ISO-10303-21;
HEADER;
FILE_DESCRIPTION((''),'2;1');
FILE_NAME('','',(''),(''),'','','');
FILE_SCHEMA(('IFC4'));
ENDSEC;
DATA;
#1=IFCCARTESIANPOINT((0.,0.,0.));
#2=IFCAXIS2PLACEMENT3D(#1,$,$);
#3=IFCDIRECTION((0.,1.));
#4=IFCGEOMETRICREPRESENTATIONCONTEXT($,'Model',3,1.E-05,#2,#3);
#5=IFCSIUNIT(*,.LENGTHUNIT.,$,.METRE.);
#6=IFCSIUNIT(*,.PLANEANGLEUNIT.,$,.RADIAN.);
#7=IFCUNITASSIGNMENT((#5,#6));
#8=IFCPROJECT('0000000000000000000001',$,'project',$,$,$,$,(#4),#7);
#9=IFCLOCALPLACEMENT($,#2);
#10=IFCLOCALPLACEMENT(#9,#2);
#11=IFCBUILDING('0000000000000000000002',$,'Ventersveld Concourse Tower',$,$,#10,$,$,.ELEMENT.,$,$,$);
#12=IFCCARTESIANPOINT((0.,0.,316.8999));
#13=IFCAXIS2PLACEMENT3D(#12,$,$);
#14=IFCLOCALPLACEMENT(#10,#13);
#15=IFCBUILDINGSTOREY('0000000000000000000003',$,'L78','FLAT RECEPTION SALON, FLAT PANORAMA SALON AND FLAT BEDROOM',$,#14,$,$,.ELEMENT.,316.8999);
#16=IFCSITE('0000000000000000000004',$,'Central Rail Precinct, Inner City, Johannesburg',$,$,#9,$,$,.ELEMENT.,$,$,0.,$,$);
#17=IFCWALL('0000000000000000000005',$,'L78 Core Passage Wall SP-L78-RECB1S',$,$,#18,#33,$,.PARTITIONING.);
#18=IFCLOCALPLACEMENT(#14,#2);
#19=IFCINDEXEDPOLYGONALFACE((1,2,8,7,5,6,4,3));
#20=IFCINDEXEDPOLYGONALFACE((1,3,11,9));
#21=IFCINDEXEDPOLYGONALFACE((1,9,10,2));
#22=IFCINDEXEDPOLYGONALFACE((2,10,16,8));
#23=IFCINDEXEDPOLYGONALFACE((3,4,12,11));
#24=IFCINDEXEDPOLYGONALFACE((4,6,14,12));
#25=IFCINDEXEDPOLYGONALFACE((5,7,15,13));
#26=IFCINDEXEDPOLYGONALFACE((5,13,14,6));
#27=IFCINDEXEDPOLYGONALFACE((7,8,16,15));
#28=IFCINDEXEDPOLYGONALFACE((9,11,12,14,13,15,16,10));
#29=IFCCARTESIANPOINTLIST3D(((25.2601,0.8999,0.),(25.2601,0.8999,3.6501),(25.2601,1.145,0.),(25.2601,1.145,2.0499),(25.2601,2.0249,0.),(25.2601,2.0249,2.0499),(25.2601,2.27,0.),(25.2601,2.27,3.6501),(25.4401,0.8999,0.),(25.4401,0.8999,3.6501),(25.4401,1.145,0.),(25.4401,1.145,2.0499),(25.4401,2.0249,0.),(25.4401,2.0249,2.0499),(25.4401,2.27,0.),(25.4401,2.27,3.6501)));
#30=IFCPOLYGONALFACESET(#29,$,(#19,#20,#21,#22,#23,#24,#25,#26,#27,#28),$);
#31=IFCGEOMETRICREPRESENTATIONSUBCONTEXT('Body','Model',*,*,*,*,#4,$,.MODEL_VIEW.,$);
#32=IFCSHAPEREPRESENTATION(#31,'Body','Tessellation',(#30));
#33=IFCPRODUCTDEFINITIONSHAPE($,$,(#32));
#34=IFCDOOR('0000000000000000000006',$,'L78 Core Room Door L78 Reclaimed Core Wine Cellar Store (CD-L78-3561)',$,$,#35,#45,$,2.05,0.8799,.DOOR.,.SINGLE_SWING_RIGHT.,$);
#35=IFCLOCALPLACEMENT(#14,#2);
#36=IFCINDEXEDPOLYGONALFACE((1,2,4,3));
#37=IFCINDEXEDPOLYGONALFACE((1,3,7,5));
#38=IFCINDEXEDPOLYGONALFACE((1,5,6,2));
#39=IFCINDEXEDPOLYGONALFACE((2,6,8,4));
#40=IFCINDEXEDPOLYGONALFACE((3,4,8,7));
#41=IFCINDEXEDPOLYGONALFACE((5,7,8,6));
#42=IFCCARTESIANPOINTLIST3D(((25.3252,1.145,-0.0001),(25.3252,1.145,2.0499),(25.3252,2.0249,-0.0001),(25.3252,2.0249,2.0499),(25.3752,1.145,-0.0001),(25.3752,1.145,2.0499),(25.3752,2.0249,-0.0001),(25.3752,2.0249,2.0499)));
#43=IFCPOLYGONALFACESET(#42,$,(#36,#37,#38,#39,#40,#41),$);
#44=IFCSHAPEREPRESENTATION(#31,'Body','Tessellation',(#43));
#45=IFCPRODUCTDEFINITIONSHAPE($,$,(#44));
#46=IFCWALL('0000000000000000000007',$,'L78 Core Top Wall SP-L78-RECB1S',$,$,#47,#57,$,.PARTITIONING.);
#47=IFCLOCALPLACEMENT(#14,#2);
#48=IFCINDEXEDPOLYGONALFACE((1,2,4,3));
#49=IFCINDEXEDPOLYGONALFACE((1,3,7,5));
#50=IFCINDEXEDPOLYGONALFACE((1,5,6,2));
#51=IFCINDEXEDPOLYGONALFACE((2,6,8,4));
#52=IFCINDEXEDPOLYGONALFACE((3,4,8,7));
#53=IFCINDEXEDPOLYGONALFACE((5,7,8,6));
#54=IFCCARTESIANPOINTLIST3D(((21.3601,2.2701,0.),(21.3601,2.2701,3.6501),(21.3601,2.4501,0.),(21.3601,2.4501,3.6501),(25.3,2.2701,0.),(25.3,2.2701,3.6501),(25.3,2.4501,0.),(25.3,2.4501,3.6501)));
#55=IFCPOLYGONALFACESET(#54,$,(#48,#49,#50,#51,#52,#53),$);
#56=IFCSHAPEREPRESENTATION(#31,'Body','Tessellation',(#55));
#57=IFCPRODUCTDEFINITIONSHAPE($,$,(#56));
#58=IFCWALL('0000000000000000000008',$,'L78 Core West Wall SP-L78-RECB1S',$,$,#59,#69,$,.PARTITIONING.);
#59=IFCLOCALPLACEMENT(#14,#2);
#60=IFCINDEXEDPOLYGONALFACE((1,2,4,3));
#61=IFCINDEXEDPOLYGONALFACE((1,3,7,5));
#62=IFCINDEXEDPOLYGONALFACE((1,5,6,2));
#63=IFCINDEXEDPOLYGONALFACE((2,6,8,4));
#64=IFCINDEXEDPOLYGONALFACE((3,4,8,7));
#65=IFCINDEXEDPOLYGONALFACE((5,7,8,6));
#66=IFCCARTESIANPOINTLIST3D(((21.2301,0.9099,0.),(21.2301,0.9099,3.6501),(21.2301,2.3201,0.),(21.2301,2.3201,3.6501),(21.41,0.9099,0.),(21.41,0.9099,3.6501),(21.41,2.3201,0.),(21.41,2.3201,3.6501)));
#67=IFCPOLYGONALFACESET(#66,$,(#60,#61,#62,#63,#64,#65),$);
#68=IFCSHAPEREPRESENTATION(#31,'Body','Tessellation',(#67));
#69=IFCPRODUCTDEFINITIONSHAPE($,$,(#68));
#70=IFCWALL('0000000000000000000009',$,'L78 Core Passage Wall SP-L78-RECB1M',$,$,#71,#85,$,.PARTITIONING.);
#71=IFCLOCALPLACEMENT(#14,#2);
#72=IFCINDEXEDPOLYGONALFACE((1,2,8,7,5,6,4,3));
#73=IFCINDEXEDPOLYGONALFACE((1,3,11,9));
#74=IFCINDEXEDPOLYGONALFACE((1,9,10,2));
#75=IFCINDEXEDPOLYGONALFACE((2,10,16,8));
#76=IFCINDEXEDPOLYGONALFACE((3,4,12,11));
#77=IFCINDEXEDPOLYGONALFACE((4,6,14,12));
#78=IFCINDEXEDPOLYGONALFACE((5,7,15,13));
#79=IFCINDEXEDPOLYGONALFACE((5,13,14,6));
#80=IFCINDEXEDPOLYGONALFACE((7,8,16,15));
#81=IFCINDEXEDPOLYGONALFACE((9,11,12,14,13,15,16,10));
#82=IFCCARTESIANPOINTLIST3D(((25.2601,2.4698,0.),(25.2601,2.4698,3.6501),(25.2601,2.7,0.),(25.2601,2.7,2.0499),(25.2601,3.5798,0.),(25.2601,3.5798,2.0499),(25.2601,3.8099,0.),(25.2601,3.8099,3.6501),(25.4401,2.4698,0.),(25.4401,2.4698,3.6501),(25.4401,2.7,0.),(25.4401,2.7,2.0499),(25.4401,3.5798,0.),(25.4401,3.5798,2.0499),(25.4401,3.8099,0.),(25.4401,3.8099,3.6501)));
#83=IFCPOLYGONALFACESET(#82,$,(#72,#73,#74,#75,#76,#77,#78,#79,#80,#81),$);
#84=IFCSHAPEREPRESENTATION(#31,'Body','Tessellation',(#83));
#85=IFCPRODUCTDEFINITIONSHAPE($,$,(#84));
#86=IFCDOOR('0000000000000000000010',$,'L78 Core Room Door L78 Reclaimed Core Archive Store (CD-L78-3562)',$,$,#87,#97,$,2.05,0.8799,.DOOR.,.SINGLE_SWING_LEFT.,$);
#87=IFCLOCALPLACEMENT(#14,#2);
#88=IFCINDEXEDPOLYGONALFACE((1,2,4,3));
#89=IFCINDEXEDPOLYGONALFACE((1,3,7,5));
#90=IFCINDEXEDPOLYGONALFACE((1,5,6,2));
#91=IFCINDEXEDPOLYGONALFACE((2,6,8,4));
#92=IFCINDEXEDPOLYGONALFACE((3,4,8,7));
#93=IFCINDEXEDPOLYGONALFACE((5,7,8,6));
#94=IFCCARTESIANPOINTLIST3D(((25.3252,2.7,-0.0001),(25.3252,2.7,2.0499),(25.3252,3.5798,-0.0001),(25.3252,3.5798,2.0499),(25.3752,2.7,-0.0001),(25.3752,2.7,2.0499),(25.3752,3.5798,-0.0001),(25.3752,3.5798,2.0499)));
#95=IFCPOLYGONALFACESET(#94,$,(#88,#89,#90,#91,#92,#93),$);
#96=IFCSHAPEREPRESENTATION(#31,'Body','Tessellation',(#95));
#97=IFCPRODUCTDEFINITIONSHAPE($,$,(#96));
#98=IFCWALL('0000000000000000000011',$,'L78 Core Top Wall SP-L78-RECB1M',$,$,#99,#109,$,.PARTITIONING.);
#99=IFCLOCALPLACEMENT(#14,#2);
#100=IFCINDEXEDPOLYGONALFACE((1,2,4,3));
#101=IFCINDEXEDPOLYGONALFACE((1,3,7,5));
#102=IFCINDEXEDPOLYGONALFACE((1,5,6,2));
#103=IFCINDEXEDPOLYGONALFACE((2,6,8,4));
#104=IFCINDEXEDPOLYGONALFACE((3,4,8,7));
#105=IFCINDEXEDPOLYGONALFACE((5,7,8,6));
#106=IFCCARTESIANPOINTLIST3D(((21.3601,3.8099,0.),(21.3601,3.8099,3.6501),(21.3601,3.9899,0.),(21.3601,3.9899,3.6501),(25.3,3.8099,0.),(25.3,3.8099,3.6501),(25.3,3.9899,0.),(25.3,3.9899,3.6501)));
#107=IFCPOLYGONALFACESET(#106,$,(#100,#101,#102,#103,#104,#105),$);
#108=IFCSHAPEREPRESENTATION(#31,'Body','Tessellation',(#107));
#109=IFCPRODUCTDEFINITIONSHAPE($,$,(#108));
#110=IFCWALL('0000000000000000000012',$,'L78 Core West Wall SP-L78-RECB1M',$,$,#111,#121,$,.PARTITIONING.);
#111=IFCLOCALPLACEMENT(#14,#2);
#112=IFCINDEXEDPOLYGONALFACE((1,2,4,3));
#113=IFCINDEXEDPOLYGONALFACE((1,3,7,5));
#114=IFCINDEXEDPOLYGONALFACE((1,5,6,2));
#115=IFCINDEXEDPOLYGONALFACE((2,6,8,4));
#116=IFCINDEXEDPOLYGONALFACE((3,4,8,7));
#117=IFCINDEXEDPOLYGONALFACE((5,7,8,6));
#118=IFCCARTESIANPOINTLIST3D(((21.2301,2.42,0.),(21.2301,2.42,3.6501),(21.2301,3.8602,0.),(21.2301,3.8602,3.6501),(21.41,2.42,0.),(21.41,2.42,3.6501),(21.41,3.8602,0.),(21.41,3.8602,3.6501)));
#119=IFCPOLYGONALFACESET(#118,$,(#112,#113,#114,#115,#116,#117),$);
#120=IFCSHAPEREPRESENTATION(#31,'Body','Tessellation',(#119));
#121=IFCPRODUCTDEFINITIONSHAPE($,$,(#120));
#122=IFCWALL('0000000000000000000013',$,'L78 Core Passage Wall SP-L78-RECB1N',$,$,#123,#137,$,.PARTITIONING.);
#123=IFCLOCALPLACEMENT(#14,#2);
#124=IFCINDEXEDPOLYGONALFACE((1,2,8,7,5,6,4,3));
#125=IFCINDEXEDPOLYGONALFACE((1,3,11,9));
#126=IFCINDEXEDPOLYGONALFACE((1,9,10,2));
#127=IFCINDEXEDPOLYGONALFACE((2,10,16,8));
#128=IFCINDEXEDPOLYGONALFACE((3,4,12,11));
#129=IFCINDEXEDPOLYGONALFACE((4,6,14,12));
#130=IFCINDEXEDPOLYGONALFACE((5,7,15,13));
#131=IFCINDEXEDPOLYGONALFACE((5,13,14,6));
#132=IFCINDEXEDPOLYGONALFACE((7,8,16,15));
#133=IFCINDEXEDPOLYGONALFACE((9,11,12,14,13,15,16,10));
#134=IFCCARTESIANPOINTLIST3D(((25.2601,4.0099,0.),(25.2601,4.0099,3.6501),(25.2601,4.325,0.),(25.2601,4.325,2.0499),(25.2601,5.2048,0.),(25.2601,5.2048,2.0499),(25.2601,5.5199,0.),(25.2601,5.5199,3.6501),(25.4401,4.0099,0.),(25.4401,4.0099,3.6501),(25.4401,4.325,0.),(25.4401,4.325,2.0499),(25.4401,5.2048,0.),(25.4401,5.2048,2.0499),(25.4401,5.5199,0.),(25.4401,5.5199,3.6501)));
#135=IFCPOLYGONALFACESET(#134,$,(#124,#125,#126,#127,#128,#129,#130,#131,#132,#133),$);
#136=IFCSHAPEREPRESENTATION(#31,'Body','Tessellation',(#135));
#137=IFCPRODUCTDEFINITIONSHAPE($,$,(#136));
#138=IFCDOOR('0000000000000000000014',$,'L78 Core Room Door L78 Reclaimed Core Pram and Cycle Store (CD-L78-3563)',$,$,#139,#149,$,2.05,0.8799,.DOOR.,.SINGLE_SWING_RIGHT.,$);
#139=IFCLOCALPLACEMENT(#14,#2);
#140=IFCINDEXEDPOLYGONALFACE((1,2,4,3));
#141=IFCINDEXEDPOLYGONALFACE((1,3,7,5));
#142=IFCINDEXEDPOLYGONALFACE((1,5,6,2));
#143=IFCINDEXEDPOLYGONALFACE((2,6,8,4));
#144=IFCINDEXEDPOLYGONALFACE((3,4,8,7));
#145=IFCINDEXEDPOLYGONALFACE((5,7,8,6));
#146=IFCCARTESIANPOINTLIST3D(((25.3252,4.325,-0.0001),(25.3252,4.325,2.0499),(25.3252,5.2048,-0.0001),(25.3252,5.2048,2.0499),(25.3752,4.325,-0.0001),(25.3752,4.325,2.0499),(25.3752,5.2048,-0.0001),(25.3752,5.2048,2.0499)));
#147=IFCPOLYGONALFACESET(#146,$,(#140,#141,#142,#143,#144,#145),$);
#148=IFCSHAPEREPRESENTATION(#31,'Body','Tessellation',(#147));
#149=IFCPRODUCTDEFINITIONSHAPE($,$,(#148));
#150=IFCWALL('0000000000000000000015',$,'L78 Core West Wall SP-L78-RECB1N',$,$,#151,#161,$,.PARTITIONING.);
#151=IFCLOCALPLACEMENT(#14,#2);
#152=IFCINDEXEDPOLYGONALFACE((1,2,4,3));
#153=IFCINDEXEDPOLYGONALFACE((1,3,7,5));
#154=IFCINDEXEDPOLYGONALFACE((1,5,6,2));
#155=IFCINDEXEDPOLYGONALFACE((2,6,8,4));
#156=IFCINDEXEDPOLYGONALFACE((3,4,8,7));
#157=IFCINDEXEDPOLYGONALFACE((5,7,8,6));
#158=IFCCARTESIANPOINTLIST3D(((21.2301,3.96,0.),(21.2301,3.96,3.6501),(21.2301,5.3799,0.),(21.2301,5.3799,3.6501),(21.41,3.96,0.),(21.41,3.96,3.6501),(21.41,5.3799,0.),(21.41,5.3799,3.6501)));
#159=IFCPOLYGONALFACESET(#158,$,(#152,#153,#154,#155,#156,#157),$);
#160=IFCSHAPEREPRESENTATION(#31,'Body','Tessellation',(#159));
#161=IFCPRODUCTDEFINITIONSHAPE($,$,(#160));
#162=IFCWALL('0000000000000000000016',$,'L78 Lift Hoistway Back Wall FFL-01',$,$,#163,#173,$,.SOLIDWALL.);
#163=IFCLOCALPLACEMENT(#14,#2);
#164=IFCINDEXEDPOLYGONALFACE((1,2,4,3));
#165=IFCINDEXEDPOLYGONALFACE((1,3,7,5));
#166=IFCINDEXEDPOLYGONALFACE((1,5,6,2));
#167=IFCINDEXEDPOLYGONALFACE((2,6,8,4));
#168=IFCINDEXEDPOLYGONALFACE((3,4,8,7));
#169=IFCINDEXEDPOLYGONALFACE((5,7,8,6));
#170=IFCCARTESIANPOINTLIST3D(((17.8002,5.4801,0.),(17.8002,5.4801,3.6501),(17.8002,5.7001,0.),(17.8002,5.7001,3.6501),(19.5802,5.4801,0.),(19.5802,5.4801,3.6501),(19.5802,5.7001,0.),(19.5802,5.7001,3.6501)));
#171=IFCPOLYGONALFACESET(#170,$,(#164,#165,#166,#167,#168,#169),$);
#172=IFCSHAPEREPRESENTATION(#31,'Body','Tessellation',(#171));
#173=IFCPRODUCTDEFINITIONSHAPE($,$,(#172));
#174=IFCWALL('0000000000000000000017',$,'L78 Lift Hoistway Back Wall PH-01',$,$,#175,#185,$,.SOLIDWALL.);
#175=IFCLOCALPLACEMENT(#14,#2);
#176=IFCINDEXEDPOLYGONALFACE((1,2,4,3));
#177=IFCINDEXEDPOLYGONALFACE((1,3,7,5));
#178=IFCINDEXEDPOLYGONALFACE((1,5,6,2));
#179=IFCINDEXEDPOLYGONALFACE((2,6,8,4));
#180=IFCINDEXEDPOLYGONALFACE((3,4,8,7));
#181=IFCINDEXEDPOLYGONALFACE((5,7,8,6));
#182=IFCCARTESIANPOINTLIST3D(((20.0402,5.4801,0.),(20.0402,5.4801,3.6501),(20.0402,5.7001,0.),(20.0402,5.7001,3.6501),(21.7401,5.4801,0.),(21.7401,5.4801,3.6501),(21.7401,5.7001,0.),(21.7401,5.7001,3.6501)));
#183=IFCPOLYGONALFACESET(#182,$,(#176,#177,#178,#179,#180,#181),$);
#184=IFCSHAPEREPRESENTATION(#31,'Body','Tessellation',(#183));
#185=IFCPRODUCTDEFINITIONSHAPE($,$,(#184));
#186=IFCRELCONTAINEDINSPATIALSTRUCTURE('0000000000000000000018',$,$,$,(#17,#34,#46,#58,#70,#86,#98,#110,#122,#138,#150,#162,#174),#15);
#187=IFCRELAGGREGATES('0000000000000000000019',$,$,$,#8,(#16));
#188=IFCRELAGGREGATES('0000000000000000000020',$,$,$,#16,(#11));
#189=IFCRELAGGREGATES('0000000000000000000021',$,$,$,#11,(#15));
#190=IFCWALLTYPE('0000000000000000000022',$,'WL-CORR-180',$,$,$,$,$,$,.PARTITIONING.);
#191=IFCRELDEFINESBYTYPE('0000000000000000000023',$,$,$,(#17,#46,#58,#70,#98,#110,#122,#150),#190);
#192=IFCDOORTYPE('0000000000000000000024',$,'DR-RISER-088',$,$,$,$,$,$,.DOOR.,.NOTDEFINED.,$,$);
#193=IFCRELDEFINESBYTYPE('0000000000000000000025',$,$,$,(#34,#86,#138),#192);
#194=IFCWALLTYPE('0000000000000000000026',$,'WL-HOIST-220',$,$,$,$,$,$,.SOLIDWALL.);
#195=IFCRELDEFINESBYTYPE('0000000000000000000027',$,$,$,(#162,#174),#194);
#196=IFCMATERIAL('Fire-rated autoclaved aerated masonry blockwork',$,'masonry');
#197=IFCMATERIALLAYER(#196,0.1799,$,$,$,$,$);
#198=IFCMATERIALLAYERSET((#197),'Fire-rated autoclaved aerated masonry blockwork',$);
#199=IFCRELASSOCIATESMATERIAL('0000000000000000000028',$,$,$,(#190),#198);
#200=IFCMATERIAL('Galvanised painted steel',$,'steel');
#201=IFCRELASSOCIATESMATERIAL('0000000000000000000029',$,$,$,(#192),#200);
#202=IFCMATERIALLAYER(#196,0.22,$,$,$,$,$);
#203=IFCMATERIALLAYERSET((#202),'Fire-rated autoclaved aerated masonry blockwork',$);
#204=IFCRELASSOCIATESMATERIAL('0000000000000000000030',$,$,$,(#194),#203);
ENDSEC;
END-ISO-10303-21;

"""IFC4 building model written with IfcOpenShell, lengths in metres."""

from ifc_helpers import new_model, si_unit, direction, frame, frame_2d, origin, place, context, subcontext, project, spatial, rectangle, extrude, material, layer, layer_set, type_object, element, fill, save


model = new_model("IFC4")

# Units and contexts
model_context = context("Model", 3, precision=1e-05, world=origin(), true_north=direction((0.0, 1.0)))
body_context = subcontext(model_context, "Body", "Model", "MODEL_VIEW")
ifc_project = project(units=[si_unit("LENGTHUNIT", "METRE"), si_unit("PLANEANGLEUNIT", "RADIAN")], contexts=[model_context])

# Site, building, storey
site_placement = place(None, origin())
site = spatial("IfcSite", under=ifc_project, at=site_placement, Name="Central Rail Precinct, Inner City, Johannesburg", CompositionType="ELEMENT", RefElevation=0.0)
building_placement = place(site_placement, origin())
building = spatial("IfcBuilding", under=site, at=building_placement, Name="Ventersveld Concourse Tower", CompositionType="ELEMENT")
storey_placement = place(building_placement, frame((0.0, 0.0, 316.8999)))
storey = spatial("IfcBuildingStorey", under=building, at=storey_placement, Name="L78", Description="FLAT RECEPTION SALON, FLAT PANORAMA SALON AND FLAT BEDROOM", CompositionType="ELEMENT", Elevation=316.8999)

# Wall, opening, door
ifc_material_1 = material(Name="Fire-rated autoclaved aerated masonry blockwork", Category="masonry")
ifc_layer_1 = layer(ifc_material_1, 0.1799)
ifc_layer_set_1 = layer_set([ifc_layer_1], Name="Fire-rated autoclaved aerated masonry blockwork")
wall_type_1 = type_object("IfcWallType", Name="WL-CORR-180", PredefinedType="PARTITIONING", material=ifc_layer_set_1)
wall_1_placement = place(storey_placement, frame((25.3501, 0.8999, 0.0), z_axis=(0.0, 0.0, 1.0), x_axis=(0.0, 1.0, 0.0)))
wall_1 = element("IfcWall", 1, at=wall_1_placement, inside=storey, type_object=wall_type_1, Name="L78 Core Passage Wall SP-L78-RECB1S", PredefinedType="PARTITIONING", context=body_context, shape_type="SweptSolid", body=[
    extrude(rectangle(XDim=1.3701, YDim=0.1799, at=frame_2d((0.6851, 0.0))), origin(), (0.0, 0.0, 1.0), 3.6501),
])
opening_1_placement = place(wall_1_placement, frame((0.2451, 0.0, 0.0)))
opening_1 = element("IfcOpeningElement", 2, at=opening_1_placement, cuts=wall_1, PredefinedType="OPENING", context=body_context, shape_type="SweptSolid", body=[
    extrude(rectangle(XDim=0.8799, YDim=2.05, at=frame_2d((0.4399, 1.0249))), frame((0.0, 0.1001, 0.0), z_axis=(0.0, -1.0, 0.0), x_axis=(1.0, 0.0, 0.0)), (0.0, 0.0, 1.0), 0.2),
])
ifc_material_2 = material(Name="Galvanised painted steel", Category="steel")
door_type = type_object("IfcDoorType", Name="DR-RISER-088", OperationType="NOTDEFINED", PredefinedType="DOOR", material=ifc_material_2)
door_1_placement = place(opening_1_placement, origin())
door_1 = element("IfcDoor", 3, at=door_1_placement, inside=storey, type_object=door_type, Name="L78 Core Room Door L78 Reclaimed Core Wine Cellar Store (CD-L78-3561)", OperationType="SINGLE_SWING_RIGHT", OverallHeight=2.05, OverallWidth=0.8799, PredefinedType="DOOR", context=body_context, shape_type="SweptSolid", body=[
    extrude(rectangle(XDim=0.8799, YDim=2.05, at=frame_2d((0.4399, 1.0249))), frame((0.0, 0.0249, 0.0), z_axis=(0.0, -1.0, 0.0), x_axis=(1.0, 0.0, 0.0)), (0.0, 0.0, 1.0), 0.05),
])
fill(opening_1, door_1)

# Walls
wall_2_placement = place(storey_placement, frame((21.3601, 2.3601, 0.0), z_axis=(0.0, 0.0, 1.0), x_axis=(1.0, 0.0, 0.0)))
element("IfcWall", 4, at=wall_2_placement, inside=storey, type_object=wall_type_1, Name="L78 Core Top Wall SP-L78-RECB1S", PredefinedType="PARTITIONING", context=body_context, shape_type="SweptSolid", body=[
    extrude(rectangle(XDim=3.9399, YDim=0.1799, at=frame_2d((1.97, 0.0))), origin(), (0.0, 0.0, 1.0), 3.6501),
])
wall_3_placement = place(storey_placement, frame((21.3201, 0.9099, 0.0), z_axis=(0.0, 0.0, 1.0), x_axis=(0.0, 1.0, 0.0)))
element("IfcWall", 5, at=wall_3_placement, inside=storey, type_object=wall_type_1, Name="L78 Core West Wall SP-L78-RECB1S", PredefinedType="PARTITIONING", context=body_context, shape_type="SweptSolid", body=[
    extrude(rectangle(XDim=1.4102, YDim=0.1799, at=frame_2d((0.7051, 0.0))), origin(), (0.0, 0.0, 1.0), 3.6501),
])

# Wall, opening, door
wall_4_placement = place(storey_placement, frame((25.3501, 2.47, 0.0), z_axis=(0.0, 0.0, 1.0), x_axis=(0.0, 1.0, 0.0)))
wall_4 = element("IfcWall", 6, at=wall_4_placement, inside=storey, type_object=wall_type_1, Name="L78 Core Passage Wall SP-L78-RECB1M", PredefinedType="PARTITIONING", context=body_context, shape_type="SweptSolid", body=[
    extrude(rectangle(XDim=1.3401, YDim=0.1799, at=frame_2d((0.6699, 0.0))), origin(), (0.0, 0.0, 1.0), 3.6501),
])
opening_2_placement = place(wall_4_placement, frame((0.23, 0.0, 0.0)))
opening_2 = element("IfcOpeningElement", 7, at=opening_2_placement, cuts=wall_4, PredefinedType="OPENING", context=body_context, shape_type="SweptSolid", body=[
    extrude(rectangle(XDim=0.8799, YDim=2.05, at=frame_2d((0.4399, 1.0249))), frame((0.0, 0.1001, 0.0), z_axis=(0.0, -1.0, 0.0), x_axis=(1.0, 0.0, 0.0)), (0.0, 0.0, 1.0), 0.2),
])
door_2_placement = place(opening_2_placement, origin())
door_2 = element("IfcDoor", 8, at=door_2_placement, inside=storey, type_object=door_type, Name="L78 Core Room Door L78 Reclaimed Core Archive Store (CD-L78-3562)", OperationType="SINGLE_SWING_LEFT", OverallHeight=2.05, OverallWidth=0.8799, PredefinedType="DOOR", context=body_context, shape_type="SweptSolid", body=[
    extrude(rectangle(XDim=0.8799, YDim=2.05, at=frame_2d((0.4399, 1.0249))), frame((0.0, 0.0249, 0.0), z_axis=(0.0, -1.0, 0.0), x_axis=(1.0, 0.0, 0.0)), (0.0, 0.0, 1.0), 0.05),
])
fill(opening_2, door_2)

# Walls
wall_5_placement = place(storey_placement, frame((21.3601, 3.8999, 0.0), z_axis=(0.0, 0.0, 1.0), x_axis=(1.0, 0.0, 0.0)))
element("IfcWall", 9, at=wall_5_placement, inside=storey, type_object=wall_type_1, Name="L78 Core Top Wall SP-L78-RECB1M", PredefinedType="PARTITIONING", context=body_context, shape_type="SweptSolid", body=[
    extrude(rectangle(XDim=3.9399, YDim=0.1799, at=frame_2d((1.97, 0.0))), origin(), (0.0, 0.0, 1.0), 3.6501),
])
wall_6_placement = place(storey_placement, frame((21.3201, 2.4199, 0.0), z_axis=(0.0, 0.0, 1.0), x_axis=(0.0, 1.0, 0.0)))
element("IfcWall", 10, at=wall_6_placement, inside=storey, type_object=wall_type_1, Name="L78 Core West Wall SP-L78-RECB1M", PredefinedType="PARTITIONING", context=body_context, shape_type="SweptSolid", body=[
    extrude(rectangle(XDim=1.4402, YDim=0.1799, at=frame_2d((0.7202, 0.0))), origin(), (0.0, 0.0, 1.0), 3.6501),
])

# Wall, opening, door
wall_7_placement = place(storey_placement, frame((25.3501, 4.01, 0.0), z_axis=(0.0, 0.0, 1.0), x_axis=(0.0, 1.0, 0.0)))
wall_7 = element("IfcWall", 11, at=wall_7_placement, inside=storey, type_object=wall_type_1, Name="L78 Core Passage Wall SP-L78-RECB1N", PredefinedType="PARTITIONING", context=body_context, shape_type="SweptSolid", body=[
    extrude(rectangle(XDim=1.51, YDim=0.1799, at=frame_2d((0.7549, 0.0))), origin(), (0.0, 0.0, 1.0), 3.6501),
])
opening_3_placement = place(wall_7_placement, frame((0.3149, 0.0, 0.0)))
opening_3 = element("IfcOpeningElement", 12, at=opening_3_placement, cuts=wall_7, PredefinedType="OPENING", context=body_context, shape_type="SweptSolid", body=[
    extrude(rectangle(XDim=0.8799, YDim=2.05, at=frame_2d((0.4399, 1.0249))), frame((0.0, 0.1001, 0.0), z_axis=(0.0, -1.0, 0.0), x_axis=(1.0, 0.0, 0.0)), (0.0, 0.0, 1.0), 0.2),
])
door_3_placement = place(opening_3_placement, origin())
door_3 = element("IfcDoor", 13, at=door_3_placement, inside=storey, type_object=door_type, Name="L78 Core Room Door L78 Reclaimed Core Pram and Cycle Store (CD-L78-3563)", OperationType="SINGLE_SWING_RIGHT", OverallHeight=2.05, OverallWidth=0.8799, PredefinedType="DOOR", context=body_context, shape_type="SweptSolid", body=[
    extrude(rectangle(XDim=0.8799, YDim=2.05, at=frame_2d((0.4399, 1.0249))), frame((0.0, 0.0249, 0.0), z_axis=(0.0, -1.0, 0.0), x_axis=(1.0, 0.0, 0.0)), (0.0, 0.0, 1.0), 0.05),
])
fill(opening_3, door_3)

# Walls
wall_8_placement = place(storey_placement, frame((21.3201, 3.96, 0.0), z_axis=(0.0, 0.0, 1.0), x_axis=(0.0, 1.0, 0.0)))
element("IfcWall", 14, at=wall_8_placement, inside=storey, type_object=wall_type_1, Name="L78 Core West Wall SP-L78-RECB1N", PredefinedType="PARTITIONING", context=body_context, shape_type="SweptSolid", body=[
    extrude(rectangle(XDim=1.4199, YDim=0.1799, at=frame_2d((0.71, 0.0))), origin(), (0.0, 0.0, 1.0), 3.6501),
])
ifc_layer_2 = layer(ifc_material_1, 0.22)
ifc_layer_set_2 = layer_set([ifc_layer_2], Name="Fire-rated autoclaved aerated masonry blockwork")
wall_type_2 = type_object("IfcWallType", Name="WL-HOIST-220", PredefinedType="SOLIDWALL", material=ifc_layer_set_2)
wall_9_placement = place(storey_placement, frame((17.8, 5.5901, 0.0), z_axis=(0.0, 0.0, 1.0), x_axis=(1.0, 0.0, 0.0)))
element("IfcWall", 15, at=wall_9_placement, inside=storey, type_object=wall_type_2, Name="L78 Lift Hoistway Back Wall FFL-01", PredefinedType="SOLIDWALL", context=body_context, shape_type="SweptSolid", body=[
    extrude(rectangle(XDim=1.78, YDim=0.22, at=frame_2d((0.8901, 0.0))), origin(), (0.0, 0.0, 1.0), 3.6501),
])
wall_10_placement = place(storey_placement, frame((20.04, 5.5901, 0.0), z_axis=(0.0, 0.0, 1.0), x_axis=(1.0, 0.0, 0.0)))
element("IfcWall", 16, at=wall_10_placement, inside=storey, type_object=wall_type_2, Name="L78 Lift Hoistway Back Wall PH-01", PredefinedType="SOLIDWALL", context=body_context, shape_type="SweptSolid", body=[
    extrude(rectangle(XDim=1.7, YDim=0.22, at=frame_2d((0.8501, 0.0))), origin(), (0.0, 0.0, 1.0), 3.6501),
])

save(model, "model.ifc")
